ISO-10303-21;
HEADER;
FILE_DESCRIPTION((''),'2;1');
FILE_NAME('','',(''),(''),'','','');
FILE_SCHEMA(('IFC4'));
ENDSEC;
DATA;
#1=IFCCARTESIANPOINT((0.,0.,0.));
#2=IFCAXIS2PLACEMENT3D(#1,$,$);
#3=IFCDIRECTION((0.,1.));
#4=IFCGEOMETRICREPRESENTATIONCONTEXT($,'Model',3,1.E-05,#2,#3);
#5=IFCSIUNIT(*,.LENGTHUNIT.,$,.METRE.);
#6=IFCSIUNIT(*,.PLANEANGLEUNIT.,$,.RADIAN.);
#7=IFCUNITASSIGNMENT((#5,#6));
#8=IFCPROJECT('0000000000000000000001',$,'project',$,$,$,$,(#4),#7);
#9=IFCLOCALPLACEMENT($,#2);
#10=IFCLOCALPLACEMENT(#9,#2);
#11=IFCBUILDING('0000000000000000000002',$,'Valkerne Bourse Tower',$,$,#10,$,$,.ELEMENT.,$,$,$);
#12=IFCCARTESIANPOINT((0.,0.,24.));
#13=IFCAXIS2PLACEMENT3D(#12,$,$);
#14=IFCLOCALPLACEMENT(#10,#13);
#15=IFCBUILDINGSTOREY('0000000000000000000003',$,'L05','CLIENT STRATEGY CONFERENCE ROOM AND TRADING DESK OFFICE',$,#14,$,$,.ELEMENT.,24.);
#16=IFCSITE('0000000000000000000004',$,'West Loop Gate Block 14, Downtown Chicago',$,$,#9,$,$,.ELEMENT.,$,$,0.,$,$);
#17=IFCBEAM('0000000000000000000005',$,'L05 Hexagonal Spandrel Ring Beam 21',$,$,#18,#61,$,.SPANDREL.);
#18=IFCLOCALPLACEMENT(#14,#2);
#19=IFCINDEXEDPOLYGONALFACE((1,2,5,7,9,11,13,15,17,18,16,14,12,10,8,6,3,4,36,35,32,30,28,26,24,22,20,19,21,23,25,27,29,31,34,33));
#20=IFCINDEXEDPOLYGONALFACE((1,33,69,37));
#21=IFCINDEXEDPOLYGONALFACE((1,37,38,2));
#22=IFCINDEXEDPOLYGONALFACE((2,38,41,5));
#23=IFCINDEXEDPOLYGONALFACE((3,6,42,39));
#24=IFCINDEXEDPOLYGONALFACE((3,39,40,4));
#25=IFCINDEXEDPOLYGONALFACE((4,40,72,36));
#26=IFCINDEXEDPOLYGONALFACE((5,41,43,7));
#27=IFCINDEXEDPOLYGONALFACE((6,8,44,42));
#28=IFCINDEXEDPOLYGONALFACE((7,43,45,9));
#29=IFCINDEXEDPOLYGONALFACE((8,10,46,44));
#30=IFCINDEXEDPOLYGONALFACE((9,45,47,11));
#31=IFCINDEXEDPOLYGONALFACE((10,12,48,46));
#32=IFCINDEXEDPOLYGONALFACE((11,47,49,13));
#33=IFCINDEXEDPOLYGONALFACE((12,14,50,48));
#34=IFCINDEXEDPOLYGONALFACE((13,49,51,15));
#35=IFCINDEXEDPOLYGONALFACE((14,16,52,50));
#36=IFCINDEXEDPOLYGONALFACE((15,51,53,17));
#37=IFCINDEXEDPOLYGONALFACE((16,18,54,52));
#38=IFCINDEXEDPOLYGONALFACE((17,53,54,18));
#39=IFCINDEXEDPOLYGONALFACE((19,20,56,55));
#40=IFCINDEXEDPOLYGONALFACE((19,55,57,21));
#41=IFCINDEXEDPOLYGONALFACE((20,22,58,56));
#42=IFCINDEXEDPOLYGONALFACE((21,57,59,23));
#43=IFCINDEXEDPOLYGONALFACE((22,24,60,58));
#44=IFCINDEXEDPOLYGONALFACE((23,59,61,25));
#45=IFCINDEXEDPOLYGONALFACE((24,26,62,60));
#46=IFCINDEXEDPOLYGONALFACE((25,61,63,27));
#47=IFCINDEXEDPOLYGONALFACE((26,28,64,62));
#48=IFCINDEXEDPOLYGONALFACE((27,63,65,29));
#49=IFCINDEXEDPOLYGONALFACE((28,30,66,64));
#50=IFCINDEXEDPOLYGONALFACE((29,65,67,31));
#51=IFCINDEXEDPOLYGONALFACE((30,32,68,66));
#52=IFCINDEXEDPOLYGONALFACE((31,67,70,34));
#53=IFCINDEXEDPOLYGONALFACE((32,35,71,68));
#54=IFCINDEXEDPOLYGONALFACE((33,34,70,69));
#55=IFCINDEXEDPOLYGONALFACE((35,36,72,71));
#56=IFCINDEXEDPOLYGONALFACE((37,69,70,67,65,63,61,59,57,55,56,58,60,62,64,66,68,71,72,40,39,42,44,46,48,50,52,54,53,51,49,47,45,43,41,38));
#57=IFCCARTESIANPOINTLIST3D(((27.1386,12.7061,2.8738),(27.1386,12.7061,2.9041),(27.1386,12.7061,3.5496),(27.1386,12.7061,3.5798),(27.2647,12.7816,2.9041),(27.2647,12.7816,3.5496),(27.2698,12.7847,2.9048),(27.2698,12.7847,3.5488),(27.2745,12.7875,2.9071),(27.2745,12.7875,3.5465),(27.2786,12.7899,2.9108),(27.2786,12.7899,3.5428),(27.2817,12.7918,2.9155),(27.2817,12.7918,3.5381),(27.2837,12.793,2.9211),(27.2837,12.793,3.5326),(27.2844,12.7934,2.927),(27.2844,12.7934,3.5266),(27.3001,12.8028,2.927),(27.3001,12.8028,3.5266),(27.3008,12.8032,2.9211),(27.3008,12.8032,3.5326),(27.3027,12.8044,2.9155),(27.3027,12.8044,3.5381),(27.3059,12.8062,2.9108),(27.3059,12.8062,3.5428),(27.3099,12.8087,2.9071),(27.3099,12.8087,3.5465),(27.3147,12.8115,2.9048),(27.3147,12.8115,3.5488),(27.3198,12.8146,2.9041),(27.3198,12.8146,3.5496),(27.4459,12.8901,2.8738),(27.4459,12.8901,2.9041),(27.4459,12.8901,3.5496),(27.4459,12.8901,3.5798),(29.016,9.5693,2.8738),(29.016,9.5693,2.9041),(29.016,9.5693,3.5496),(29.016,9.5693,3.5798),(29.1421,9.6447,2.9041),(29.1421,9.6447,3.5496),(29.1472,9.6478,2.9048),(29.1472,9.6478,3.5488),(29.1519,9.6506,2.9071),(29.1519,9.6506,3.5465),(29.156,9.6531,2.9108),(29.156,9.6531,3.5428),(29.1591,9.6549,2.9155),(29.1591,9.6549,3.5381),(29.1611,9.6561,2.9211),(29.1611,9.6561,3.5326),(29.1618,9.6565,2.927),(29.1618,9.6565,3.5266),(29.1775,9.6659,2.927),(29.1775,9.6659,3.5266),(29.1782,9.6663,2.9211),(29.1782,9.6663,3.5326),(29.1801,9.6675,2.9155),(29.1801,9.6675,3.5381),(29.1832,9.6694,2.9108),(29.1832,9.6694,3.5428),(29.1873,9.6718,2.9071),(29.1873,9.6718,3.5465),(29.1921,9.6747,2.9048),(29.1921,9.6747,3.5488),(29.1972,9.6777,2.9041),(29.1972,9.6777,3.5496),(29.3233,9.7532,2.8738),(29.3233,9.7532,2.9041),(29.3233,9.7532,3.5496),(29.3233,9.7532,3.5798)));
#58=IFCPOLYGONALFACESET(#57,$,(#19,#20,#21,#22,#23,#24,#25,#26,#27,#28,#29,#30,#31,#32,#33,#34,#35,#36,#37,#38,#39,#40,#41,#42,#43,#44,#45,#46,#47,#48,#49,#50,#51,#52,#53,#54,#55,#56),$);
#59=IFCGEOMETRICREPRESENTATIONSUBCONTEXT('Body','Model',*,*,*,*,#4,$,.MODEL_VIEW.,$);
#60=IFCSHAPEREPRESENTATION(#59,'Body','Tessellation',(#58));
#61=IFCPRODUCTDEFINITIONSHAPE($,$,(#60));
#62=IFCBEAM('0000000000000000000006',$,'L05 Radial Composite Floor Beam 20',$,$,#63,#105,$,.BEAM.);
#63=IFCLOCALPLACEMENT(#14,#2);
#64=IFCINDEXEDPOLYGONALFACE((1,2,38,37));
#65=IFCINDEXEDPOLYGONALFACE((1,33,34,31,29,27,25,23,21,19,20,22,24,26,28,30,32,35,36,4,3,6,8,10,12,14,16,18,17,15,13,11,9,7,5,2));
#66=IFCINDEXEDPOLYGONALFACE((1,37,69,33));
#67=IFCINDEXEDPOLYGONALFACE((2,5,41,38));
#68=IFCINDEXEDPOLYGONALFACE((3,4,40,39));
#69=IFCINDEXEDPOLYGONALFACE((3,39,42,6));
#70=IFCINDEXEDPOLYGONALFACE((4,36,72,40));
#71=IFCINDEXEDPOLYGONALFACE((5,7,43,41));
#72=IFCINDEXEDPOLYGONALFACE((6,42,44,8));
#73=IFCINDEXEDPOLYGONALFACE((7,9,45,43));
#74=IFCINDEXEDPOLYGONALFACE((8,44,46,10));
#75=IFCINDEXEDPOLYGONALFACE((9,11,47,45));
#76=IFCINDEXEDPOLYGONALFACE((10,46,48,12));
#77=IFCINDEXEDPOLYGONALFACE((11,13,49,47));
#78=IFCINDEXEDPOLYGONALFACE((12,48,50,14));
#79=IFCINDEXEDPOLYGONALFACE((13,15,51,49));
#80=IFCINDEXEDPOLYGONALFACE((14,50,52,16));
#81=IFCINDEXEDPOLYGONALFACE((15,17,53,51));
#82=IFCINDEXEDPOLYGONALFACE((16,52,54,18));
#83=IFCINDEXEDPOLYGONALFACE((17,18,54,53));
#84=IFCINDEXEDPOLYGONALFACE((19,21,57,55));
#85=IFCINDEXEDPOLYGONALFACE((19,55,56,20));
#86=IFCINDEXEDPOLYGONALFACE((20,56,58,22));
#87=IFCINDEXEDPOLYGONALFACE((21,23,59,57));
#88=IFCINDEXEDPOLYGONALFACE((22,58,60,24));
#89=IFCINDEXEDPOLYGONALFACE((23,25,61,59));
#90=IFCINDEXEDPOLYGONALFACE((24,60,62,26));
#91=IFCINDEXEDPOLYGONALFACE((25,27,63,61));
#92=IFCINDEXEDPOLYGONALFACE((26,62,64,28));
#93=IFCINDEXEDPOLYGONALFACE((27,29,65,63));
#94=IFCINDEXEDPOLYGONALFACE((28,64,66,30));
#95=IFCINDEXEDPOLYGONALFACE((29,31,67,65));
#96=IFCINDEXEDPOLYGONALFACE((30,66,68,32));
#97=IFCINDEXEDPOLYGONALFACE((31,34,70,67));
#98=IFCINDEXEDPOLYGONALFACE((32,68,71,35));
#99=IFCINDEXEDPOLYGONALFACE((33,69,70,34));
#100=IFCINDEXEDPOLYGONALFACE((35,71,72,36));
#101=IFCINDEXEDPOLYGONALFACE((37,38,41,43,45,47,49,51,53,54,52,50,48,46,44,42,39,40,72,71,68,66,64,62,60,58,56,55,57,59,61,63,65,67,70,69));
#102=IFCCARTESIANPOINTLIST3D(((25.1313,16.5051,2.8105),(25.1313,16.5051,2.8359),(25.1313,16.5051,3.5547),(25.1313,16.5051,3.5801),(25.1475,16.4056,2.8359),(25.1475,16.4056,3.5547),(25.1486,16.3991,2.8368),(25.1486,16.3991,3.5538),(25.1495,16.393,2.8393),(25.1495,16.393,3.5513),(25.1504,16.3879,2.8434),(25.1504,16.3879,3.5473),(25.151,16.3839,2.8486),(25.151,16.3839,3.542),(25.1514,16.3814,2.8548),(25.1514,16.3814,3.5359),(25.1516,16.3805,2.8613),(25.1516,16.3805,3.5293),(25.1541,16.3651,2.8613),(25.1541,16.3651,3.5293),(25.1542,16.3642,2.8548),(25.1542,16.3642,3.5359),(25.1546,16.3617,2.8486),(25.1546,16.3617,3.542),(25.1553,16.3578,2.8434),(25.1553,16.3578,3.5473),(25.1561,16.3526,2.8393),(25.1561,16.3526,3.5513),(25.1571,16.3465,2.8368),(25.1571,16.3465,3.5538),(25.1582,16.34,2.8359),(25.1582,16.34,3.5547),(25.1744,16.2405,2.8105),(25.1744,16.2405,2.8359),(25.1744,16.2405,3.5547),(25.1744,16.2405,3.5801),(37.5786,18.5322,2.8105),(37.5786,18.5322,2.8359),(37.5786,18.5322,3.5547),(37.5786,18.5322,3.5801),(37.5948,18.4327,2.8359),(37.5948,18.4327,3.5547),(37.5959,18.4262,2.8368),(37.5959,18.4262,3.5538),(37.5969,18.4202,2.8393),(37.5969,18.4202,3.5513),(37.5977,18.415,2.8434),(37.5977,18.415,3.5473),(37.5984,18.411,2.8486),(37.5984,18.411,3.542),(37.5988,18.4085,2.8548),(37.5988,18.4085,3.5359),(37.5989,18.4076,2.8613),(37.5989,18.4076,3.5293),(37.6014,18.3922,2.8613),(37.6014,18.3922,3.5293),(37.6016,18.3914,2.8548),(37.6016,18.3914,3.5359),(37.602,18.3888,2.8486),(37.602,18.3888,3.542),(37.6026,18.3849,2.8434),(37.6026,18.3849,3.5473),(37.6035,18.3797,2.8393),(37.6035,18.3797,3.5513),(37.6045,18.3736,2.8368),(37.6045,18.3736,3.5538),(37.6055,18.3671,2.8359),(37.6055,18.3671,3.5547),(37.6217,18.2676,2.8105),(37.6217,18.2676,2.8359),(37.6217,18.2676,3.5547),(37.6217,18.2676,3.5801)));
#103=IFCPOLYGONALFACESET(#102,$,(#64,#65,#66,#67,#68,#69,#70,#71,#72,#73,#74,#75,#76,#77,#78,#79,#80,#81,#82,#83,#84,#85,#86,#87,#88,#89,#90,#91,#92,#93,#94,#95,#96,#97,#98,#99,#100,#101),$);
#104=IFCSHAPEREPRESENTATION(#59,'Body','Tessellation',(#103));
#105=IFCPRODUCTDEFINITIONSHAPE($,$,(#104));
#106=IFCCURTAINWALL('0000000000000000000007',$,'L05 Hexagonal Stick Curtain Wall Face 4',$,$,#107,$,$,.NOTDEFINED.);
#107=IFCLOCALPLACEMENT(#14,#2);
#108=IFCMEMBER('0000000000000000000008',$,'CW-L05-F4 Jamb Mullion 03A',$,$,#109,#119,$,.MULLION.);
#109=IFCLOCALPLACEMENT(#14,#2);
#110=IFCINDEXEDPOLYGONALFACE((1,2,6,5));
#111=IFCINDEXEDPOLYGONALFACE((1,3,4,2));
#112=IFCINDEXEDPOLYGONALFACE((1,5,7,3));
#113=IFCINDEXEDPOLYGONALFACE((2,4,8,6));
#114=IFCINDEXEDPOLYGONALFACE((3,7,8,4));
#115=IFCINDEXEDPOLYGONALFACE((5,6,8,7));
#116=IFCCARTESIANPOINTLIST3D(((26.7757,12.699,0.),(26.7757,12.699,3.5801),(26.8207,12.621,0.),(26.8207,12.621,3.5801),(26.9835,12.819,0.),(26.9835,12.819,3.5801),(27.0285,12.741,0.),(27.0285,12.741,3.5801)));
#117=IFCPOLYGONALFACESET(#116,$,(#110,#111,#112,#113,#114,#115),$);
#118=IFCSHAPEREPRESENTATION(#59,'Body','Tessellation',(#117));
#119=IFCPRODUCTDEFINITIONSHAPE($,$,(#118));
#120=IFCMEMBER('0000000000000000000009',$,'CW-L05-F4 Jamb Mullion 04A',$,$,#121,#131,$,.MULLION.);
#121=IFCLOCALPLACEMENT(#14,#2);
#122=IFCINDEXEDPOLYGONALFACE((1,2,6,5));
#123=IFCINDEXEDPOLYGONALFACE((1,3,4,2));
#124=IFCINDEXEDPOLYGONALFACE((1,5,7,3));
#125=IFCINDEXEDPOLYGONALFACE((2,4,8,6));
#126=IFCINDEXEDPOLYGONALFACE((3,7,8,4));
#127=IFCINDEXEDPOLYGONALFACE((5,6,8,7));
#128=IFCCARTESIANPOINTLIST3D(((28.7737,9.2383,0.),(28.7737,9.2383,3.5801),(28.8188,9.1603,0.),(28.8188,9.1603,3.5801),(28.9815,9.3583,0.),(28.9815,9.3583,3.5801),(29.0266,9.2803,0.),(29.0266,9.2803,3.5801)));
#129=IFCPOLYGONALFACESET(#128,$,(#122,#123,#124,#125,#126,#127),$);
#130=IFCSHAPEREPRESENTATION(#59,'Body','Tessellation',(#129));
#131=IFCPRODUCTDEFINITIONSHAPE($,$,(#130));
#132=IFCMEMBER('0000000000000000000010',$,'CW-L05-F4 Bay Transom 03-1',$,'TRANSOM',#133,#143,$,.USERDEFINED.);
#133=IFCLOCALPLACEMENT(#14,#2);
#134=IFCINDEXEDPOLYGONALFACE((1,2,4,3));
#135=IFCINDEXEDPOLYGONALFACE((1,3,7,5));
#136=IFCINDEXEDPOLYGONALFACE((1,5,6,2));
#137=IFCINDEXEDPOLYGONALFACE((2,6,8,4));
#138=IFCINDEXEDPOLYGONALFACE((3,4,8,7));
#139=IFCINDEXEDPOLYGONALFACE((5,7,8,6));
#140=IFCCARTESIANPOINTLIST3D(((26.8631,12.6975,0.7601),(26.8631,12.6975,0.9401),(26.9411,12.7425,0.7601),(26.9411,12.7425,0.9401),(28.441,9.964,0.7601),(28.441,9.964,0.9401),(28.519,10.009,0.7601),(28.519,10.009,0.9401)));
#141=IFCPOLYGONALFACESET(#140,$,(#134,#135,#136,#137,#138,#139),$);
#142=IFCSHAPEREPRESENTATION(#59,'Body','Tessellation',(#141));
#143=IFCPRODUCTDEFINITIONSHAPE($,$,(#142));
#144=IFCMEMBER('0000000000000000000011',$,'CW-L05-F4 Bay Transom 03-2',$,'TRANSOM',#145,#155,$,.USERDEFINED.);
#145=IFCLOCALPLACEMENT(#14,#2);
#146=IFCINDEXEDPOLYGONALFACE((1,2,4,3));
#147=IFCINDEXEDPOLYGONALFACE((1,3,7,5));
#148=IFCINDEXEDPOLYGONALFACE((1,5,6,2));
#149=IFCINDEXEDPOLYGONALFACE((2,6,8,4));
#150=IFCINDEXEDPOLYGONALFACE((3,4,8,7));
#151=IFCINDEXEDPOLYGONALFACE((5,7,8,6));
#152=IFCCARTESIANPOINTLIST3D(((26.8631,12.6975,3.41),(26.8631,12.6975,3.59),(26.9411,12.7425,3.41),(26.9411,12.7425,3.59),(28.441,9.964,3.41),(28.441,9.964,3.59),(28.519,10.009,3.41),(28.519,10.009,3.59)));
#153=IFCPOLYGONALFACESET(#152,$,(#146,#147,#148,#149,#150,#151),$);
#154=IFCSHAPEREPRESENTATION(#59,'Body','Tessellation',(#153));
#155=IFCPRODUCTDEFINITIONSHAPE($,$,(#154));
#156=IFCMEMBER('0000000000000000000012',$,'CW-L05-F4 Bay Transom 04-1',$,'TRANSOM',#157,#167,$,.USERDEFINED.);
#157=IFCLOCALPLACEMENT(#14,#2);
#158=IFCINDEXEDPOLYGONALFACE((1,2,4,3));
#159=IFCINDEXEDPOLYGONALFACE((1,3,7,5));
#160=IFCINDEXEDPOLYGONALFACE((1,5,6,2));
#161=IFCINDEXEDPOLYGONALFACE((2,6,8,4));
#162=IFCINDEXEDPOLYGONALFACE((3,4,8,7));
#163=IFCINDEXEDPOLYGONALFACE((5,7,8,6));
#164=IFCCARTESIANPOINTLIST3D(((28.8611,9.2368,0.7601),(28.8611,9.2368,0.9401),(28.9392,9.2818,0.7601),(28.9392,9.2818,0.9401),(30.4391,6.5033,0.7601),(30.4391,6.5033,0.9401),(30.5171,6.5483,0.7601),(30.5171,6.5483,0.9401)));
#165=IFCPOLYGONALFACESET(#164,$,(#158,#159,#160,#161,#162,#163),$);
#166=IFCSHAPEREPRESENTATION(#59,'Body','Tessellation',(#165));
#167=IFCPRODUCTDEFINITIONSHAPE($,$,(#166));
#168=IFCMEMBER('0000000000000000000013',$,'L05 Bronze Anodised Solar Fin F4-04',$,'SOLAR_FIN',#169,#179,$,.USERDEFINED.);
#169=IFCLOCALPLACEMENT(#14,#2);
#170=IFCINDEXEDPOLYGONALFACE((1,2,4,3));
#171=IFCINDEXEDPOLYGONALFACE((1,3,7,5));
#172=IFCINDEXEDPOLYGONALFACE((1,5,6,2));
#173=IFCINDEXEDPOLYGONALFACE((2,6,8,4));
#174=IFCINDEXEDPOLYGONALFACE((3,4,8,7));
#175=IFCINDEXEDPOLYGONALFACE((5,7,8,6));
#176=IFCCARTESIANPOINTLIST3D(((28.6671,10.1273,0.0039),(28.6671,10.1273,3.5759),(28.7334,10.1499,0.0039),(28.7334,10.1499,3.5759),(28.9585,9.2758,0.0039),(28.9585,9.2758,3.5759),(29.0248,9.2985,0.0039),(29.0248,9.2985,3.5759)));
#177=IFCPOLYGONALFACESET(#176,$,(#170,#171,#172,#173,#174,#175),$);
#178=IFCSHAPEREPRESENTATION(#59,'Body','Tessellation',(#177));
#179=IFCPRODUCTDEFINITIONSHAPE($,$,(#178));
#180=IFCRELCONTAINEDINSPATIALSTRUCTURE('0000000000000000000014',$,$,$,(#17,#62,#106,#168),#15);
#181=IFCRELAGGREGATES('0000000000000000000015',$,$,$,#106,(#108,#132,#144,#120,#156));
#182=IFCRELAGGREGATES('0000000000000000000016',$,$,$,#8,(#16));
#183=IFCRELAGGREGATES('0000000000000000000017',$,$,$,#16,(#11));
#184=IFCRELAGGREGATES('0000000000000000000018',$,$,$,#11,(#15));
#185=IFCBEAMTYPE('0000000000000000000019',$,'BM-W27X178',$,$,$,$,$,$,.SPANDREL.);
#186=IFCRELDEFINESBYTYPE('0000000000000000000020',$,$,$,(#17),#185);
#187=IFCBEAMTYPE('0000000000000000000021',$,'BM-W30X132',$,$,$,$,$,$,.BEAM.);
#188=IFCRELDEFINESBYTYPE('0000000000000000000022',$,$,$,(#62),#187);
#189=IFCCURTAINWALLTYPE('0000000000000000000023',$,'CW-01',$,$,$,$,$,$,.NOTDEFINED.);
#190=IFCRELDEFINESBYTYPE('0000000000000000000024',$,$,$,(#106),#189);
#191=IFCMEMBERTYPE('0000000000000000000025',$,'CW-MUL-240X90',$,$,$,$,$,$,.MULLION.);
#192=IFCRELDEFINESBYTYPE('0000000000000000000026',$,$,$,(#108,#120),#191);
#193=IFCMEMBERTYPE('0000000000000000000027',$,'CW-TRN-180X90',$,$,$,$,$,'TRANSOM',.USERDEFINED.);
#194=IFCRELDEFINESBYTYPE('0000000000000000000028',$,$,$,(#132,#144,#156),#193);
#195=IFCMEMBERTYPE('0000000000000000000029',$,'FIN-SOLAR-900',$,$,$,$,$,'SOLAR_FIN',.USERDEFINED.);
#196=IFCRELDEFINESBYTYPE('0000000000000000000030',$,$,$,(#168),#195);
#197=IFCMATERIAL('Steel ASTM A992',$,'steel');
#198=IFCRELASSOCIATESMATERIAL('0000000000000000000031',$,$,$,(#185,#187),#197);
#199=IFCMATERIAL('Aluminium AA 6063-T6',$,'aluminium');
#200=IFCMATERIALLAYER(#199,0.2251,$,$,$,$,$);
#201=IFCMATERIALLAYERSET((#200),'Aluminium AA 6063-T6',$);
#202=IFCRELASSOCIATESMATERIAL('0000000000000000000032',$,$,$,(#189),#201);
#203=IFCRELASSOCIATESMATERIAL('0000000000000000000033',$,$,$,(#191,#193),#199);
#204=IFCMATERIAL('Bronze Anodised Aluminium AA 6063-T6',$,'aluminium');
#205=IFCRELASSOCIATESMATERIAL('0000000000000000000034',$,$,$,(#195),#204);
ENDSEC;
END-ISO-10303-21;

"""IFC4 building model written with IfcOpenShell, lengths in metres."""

from ifc_helpers import new_model, si_unit, direction, frame, origin, origin_2d, place, context, subcontext, project, spatial, rectangle, i_section, extrude, material, layer, layer_set, material_profile, profile_set, type_object, element, aggregate, save


model = new_model("IFC4")

# Units and contexts
model_context = context("Model", 3, precision=1e-05, world=origin(), true_north=direction((0.0, 1.0)))
body_context = subcontext(model_context, "Body", "Model", "MODEL_VIEW")
ifc_project = project(units=[si_unit("LENGTHUNIT", "METRE"), si_unit("PLANEANGLEUNIT", "RADIAN")], contexts=[model_context])

# Site, building, storey
site_placement = place(None, origin())
site = spatial("IfcSite", under=ifc_project, at=site_placement, Name="West Loop Gate Block 14, Downtown Chicago", CompositionType="ELEMENT", RefElevation=0.0)
building_placement = place(site_placement, origin())
building = spatial("IfcBuilding", under=site, at=building_placement, Name="Valkerne Bourse Tower", CompositionType="ELEMENT")
storey_placement = place(building_placement, frame((0.0, 0.0, 24.0)))
storey = spatial("IfcBuildingStorey", under=building, at=storey_placement, Name="L05", Description="CLIENT STRATEGY CONFERENCE ROOM AND TRADING DESK OFFICE", CompositionType="ELEMENT", Elevation=24.0)

# Beams
ifc_material_1 = material(Name="Steel ASTM A992", Category="steel")
ifc_material_profile_1 = material_profile(ifc_material_1, i_section(OverallWidth=0.3582, OverallDepth=0.7061, WebThickness=0.0183, FlangeThickness=0.0303, FilletRadius=0.0229, at=origin_2d()), Name="W27X178")
ifc_profile_set_1 = profile_set([ifc_material_profile_1], Name="Steel ASTM A992")
beam_type_1 = type_object("IfcBeamType", Name="BM-W27X178", PredefinedType="SPANDREL", material=ifc_profile_set_1)
beam_1_placement = place(storey_placement, frame((27.2922, 12.7981, 3.2268), z_axis=(0.513543, -0.858064, 0.0), x_axis=(0.858064, 0.513543, 0.0)))
element("IfcBeam", 1, at=beam_1_placement, inside=storey, type_object=beam_type_1, Name="L05 Hexagonal Spandrel Ring Beam 21", PredefinedType="SPANDREL", context=body_context, shape_type="SweptSolid", body=[
    extrude(i_section(OverallWidth=0.3582, OverallDepth=0.7061, WebThickness=0.0183, FlangeThickness=0.0303, FilletRadius=0.0229, at=origin_2d()), origin(), (0.0, 0.0, 1.0), 3.6558),
])
ifc_material_profile_2 = material_profile(ifc_material_1, i_section(OverallWidth=0.2681, OverallDepth=0.7695, WebThickness=0.0156, FlangeThickness=0.0254, FilletRadius=0.0254, at=origin_2d()), Name="W30X132")
ifc_profile_set_2 = profile_set([ifc_material_profile_2], Name="Steel ASTM A992")
beam_type_2 = type_object("IfcBeamType", Name="BM-W30X132", PredefinedType="BEAM", material=ifc_profile_set_2)
beam_2_placement = place(storey_placement, frame((25.1528, 16.3728, 3.1953), z_axis=(0.986997, 0.160737, 0.0), x_axis=(-0.160737, 0.986997, 0.0)))
element("IfcBeam", 2, at=beam_2_placement, inside=storey, type_object=beam_type_2, Name="L05 Radial Composite Floor Beam 20", PredefinedType="BEAM", context=body_context, shape_type="SweptSolid", body=[
    extrude(i_section(OverallWidth=0.2681, OverallDepth=0.7695, WebThickness=0.0156, FlangeThickness=0.0254, FilletRadius=0.0254, at=origin_2d()), origin(), (0.0, 0.0, 1.0), 12.6113),
])

# Curtain wall, members
ifc_material_2 = material(Name="Aluminium AA 6063-T6", Category="aluminium")
ifc_layer_1 = layer(ifc_material_2, 0.2251)
ifc_layer_set_1 = layer_set([ifc_layer_1], Name="Aluminium AA 6063-T6")
curtain_wall_type = type_object("IfcCurtainWallType", Name="CW-01", PredefinedType="NOTDEFINED", material=ifc_layer_set_1)
curtain_wall_placement = place(storey_placement, origin())
curtain_wall = element("IfcCurtainWall", 3, at=curtain_wall_placement, inside=storey, type_object=curtain_wall_type, Name="L05 Hexagonal Stick Curtain Wall Face 4", PredefinedType="NOTDEFINED")
ifc_material_profile_3 = material_profile(ifc_material_2, rectangle(XDim=0.0901, YDim=0.24, at=origin_2d()), Name="CWM-90X240")
ifc_profile_set_3 = profile_set([ifc_material_profile_3], Name="Aluminium AA 6063-T6")
member_type_1 = type_object("IfcMemberType", Name="CW-MUL-240X90", PredefinedType="MULLION", material=ifc_profile_set_3)
member_1_placement = place(storey_placement, frame((26.9021, 12.72, 0.0), z_axis=(0.0, 0.0, 1.0), x_axis=(0.499993, -0.866029, 0.0)))
member_1 = element("IfcMember", 4, at=member_1_placement, type_object=member_type_1, Name="CW-L05-F4 Jamb Mullion 03A", PredefinedType="MULLION", context=body_context, shape_type="SweptSolid", body=[
    extrude(rectangle(XDim=0.0901, YDim=0.24, at=origin_2d()), origin(), (0.0, 0.0, 1.0), 3.5801),
])
member_2_placement = place(storey_placement, frame((28.9001, 9.2593, 0.0), z_axis=(0.0, 0.0, 1.0), x_axis=(0.500004, -0.866023, 0.0)))
member_2 = element("IfcMember", 5, at=member_2_placement, type_object=member_type_1, Name="CW-L05-F4 Jamb Mullion 04A", PredefinedType="MULLION", context=body_context, shape_type="SweptSolid", body=[
    extrude(rectangle(XDim=0.0901, YDim=0.24, at=origin_2d()), origin(), (0.0, 0.0, 1.0), 3.5801),
])
ifc_material_profile_4 = material_profile(ifc_material_2, rectangle(XDim=0.0901, YDim=0.1799, at=origin_2d()), Name="CWT-90X180")
ifc_profile_set_4 = profile_set([ifc_material_profile_4], Name="Aluminium AA 6063-T6")
member_type_2 = type_object("IfcMemberType", Name="CW-TRN-180X90", ElementType="TRANSOM", PredefinedType="USERDEFINED", material=ifc_profile_set_4)
member_3_placement = place(storey_placement, frame((26.9021, 12.72, 0.8501), z_axis=(0.499941, -0.866059, 0.0), x_axis=(0.866059, 0.499941, 0.0)))
member_3 = element("IfcMember", 6, at=member_3_placement, type_object=member_type_2, Name="CW-L05-F4 Bay Transom 03-1", ObjectType="TRANSOM", PredefinedType="USERDEFINED", context=body_context, shape_type="SweptSolid", body=[
    extrude(rectangle(XDim=0.0901, YDim=0.1799, at=origin_2d()), origin(), (0.0, 0.0, 1.0), 3.1562),
])
member_4_placement = place(storey_placement, frame((26.9021, 12.72, 3.5), z_axis=(0.499941, -0.866059, 0.0), x_axis=(0.866059, 0.499941, 0.0)))
member_4 = element("IfcMember", 7, at=member_4_placement, type_object=member_type_2, Name="CW-L05-F4 Bay Transom 03-2", ObjectType="TRANSOM", PredefinedType="USERDEFINED", context=body_context, shape_type="SweptSolid", body=[
    extrude(rectangle(XDim=0.0901, YDim=0.1799, at=origin_2d()), origin(), (0.0, 0.0, 1.0), 3.1562),
])
member_5_placement = place(storey_placement, frame((28.9001, 9.2593, 0.8501), z_axis=(0.499941, -0.866059, 0.0), x_axis=(0.866059, 0.499941, 0.0)))
member_5 = element("IfcMember", 8, at=member_5_placement, type_object=member_type_2, Name="CW-L05-F4 Bay Transom 04-1", ObjectType="TRANSOM", PredefinedType="USERDEFINED", context=body_context, shape_type="SweptSolid", body=[
    extrude(rectangle(XDim=0.0901, YDim=0.1799, at=origin_2d()), origin(), (0.0, 0.0, 1.0), 3.1562),
])

# Member
ifc_material_3 = material(Name="Bronze Anodised Aluminium AA 6063-T6", Category="aluminium")
ifc_material_profile_5 = material_profile(ifc_material_3, rectangle(XDim=0.0701, YDim=0.8999, at=origin_2d()), Name="FIN-70X900")
ifc_profile_set_5 = profile_set([ifc_material_profile_5], Name="Bronze Anodised Aluminium AA 6063-T6")
member_type_3 = type_object("IfcMemberType", Name="FIN-SOLAR-900", ElementType="SOLAR_FIN", PredefinedType="USERDEFINED", material=ifc_profile_set_5)
member_6_placement = place(storey_placement, frame((28.8459, 9.7129, 0.0039), z_axis=(0.0, 0.0, 1.0), x_axis=(-0.946123, -0.323808, 0.0)))
element("IfcMember", 9, at=member_6_placement, inside=storey, type_object=member_type_3, Name="L05 Bronze Anodised Solar Fin F4-04", ObjectType="SOLAR_FIN", PredefinedType="USERDEFINED", context=body_context, shape_type="SweptSolid", body=[
    extrude(rectangle(XDim=0.0701, YDim=0.8999, at=origin_2d()), origin(), (0.0, 0.0, 1.0), 3.572),
])

aggregate(curtain_wall, [member_1, member_3, member_4, member_2, member_5])

save(model, "model.ifc")
